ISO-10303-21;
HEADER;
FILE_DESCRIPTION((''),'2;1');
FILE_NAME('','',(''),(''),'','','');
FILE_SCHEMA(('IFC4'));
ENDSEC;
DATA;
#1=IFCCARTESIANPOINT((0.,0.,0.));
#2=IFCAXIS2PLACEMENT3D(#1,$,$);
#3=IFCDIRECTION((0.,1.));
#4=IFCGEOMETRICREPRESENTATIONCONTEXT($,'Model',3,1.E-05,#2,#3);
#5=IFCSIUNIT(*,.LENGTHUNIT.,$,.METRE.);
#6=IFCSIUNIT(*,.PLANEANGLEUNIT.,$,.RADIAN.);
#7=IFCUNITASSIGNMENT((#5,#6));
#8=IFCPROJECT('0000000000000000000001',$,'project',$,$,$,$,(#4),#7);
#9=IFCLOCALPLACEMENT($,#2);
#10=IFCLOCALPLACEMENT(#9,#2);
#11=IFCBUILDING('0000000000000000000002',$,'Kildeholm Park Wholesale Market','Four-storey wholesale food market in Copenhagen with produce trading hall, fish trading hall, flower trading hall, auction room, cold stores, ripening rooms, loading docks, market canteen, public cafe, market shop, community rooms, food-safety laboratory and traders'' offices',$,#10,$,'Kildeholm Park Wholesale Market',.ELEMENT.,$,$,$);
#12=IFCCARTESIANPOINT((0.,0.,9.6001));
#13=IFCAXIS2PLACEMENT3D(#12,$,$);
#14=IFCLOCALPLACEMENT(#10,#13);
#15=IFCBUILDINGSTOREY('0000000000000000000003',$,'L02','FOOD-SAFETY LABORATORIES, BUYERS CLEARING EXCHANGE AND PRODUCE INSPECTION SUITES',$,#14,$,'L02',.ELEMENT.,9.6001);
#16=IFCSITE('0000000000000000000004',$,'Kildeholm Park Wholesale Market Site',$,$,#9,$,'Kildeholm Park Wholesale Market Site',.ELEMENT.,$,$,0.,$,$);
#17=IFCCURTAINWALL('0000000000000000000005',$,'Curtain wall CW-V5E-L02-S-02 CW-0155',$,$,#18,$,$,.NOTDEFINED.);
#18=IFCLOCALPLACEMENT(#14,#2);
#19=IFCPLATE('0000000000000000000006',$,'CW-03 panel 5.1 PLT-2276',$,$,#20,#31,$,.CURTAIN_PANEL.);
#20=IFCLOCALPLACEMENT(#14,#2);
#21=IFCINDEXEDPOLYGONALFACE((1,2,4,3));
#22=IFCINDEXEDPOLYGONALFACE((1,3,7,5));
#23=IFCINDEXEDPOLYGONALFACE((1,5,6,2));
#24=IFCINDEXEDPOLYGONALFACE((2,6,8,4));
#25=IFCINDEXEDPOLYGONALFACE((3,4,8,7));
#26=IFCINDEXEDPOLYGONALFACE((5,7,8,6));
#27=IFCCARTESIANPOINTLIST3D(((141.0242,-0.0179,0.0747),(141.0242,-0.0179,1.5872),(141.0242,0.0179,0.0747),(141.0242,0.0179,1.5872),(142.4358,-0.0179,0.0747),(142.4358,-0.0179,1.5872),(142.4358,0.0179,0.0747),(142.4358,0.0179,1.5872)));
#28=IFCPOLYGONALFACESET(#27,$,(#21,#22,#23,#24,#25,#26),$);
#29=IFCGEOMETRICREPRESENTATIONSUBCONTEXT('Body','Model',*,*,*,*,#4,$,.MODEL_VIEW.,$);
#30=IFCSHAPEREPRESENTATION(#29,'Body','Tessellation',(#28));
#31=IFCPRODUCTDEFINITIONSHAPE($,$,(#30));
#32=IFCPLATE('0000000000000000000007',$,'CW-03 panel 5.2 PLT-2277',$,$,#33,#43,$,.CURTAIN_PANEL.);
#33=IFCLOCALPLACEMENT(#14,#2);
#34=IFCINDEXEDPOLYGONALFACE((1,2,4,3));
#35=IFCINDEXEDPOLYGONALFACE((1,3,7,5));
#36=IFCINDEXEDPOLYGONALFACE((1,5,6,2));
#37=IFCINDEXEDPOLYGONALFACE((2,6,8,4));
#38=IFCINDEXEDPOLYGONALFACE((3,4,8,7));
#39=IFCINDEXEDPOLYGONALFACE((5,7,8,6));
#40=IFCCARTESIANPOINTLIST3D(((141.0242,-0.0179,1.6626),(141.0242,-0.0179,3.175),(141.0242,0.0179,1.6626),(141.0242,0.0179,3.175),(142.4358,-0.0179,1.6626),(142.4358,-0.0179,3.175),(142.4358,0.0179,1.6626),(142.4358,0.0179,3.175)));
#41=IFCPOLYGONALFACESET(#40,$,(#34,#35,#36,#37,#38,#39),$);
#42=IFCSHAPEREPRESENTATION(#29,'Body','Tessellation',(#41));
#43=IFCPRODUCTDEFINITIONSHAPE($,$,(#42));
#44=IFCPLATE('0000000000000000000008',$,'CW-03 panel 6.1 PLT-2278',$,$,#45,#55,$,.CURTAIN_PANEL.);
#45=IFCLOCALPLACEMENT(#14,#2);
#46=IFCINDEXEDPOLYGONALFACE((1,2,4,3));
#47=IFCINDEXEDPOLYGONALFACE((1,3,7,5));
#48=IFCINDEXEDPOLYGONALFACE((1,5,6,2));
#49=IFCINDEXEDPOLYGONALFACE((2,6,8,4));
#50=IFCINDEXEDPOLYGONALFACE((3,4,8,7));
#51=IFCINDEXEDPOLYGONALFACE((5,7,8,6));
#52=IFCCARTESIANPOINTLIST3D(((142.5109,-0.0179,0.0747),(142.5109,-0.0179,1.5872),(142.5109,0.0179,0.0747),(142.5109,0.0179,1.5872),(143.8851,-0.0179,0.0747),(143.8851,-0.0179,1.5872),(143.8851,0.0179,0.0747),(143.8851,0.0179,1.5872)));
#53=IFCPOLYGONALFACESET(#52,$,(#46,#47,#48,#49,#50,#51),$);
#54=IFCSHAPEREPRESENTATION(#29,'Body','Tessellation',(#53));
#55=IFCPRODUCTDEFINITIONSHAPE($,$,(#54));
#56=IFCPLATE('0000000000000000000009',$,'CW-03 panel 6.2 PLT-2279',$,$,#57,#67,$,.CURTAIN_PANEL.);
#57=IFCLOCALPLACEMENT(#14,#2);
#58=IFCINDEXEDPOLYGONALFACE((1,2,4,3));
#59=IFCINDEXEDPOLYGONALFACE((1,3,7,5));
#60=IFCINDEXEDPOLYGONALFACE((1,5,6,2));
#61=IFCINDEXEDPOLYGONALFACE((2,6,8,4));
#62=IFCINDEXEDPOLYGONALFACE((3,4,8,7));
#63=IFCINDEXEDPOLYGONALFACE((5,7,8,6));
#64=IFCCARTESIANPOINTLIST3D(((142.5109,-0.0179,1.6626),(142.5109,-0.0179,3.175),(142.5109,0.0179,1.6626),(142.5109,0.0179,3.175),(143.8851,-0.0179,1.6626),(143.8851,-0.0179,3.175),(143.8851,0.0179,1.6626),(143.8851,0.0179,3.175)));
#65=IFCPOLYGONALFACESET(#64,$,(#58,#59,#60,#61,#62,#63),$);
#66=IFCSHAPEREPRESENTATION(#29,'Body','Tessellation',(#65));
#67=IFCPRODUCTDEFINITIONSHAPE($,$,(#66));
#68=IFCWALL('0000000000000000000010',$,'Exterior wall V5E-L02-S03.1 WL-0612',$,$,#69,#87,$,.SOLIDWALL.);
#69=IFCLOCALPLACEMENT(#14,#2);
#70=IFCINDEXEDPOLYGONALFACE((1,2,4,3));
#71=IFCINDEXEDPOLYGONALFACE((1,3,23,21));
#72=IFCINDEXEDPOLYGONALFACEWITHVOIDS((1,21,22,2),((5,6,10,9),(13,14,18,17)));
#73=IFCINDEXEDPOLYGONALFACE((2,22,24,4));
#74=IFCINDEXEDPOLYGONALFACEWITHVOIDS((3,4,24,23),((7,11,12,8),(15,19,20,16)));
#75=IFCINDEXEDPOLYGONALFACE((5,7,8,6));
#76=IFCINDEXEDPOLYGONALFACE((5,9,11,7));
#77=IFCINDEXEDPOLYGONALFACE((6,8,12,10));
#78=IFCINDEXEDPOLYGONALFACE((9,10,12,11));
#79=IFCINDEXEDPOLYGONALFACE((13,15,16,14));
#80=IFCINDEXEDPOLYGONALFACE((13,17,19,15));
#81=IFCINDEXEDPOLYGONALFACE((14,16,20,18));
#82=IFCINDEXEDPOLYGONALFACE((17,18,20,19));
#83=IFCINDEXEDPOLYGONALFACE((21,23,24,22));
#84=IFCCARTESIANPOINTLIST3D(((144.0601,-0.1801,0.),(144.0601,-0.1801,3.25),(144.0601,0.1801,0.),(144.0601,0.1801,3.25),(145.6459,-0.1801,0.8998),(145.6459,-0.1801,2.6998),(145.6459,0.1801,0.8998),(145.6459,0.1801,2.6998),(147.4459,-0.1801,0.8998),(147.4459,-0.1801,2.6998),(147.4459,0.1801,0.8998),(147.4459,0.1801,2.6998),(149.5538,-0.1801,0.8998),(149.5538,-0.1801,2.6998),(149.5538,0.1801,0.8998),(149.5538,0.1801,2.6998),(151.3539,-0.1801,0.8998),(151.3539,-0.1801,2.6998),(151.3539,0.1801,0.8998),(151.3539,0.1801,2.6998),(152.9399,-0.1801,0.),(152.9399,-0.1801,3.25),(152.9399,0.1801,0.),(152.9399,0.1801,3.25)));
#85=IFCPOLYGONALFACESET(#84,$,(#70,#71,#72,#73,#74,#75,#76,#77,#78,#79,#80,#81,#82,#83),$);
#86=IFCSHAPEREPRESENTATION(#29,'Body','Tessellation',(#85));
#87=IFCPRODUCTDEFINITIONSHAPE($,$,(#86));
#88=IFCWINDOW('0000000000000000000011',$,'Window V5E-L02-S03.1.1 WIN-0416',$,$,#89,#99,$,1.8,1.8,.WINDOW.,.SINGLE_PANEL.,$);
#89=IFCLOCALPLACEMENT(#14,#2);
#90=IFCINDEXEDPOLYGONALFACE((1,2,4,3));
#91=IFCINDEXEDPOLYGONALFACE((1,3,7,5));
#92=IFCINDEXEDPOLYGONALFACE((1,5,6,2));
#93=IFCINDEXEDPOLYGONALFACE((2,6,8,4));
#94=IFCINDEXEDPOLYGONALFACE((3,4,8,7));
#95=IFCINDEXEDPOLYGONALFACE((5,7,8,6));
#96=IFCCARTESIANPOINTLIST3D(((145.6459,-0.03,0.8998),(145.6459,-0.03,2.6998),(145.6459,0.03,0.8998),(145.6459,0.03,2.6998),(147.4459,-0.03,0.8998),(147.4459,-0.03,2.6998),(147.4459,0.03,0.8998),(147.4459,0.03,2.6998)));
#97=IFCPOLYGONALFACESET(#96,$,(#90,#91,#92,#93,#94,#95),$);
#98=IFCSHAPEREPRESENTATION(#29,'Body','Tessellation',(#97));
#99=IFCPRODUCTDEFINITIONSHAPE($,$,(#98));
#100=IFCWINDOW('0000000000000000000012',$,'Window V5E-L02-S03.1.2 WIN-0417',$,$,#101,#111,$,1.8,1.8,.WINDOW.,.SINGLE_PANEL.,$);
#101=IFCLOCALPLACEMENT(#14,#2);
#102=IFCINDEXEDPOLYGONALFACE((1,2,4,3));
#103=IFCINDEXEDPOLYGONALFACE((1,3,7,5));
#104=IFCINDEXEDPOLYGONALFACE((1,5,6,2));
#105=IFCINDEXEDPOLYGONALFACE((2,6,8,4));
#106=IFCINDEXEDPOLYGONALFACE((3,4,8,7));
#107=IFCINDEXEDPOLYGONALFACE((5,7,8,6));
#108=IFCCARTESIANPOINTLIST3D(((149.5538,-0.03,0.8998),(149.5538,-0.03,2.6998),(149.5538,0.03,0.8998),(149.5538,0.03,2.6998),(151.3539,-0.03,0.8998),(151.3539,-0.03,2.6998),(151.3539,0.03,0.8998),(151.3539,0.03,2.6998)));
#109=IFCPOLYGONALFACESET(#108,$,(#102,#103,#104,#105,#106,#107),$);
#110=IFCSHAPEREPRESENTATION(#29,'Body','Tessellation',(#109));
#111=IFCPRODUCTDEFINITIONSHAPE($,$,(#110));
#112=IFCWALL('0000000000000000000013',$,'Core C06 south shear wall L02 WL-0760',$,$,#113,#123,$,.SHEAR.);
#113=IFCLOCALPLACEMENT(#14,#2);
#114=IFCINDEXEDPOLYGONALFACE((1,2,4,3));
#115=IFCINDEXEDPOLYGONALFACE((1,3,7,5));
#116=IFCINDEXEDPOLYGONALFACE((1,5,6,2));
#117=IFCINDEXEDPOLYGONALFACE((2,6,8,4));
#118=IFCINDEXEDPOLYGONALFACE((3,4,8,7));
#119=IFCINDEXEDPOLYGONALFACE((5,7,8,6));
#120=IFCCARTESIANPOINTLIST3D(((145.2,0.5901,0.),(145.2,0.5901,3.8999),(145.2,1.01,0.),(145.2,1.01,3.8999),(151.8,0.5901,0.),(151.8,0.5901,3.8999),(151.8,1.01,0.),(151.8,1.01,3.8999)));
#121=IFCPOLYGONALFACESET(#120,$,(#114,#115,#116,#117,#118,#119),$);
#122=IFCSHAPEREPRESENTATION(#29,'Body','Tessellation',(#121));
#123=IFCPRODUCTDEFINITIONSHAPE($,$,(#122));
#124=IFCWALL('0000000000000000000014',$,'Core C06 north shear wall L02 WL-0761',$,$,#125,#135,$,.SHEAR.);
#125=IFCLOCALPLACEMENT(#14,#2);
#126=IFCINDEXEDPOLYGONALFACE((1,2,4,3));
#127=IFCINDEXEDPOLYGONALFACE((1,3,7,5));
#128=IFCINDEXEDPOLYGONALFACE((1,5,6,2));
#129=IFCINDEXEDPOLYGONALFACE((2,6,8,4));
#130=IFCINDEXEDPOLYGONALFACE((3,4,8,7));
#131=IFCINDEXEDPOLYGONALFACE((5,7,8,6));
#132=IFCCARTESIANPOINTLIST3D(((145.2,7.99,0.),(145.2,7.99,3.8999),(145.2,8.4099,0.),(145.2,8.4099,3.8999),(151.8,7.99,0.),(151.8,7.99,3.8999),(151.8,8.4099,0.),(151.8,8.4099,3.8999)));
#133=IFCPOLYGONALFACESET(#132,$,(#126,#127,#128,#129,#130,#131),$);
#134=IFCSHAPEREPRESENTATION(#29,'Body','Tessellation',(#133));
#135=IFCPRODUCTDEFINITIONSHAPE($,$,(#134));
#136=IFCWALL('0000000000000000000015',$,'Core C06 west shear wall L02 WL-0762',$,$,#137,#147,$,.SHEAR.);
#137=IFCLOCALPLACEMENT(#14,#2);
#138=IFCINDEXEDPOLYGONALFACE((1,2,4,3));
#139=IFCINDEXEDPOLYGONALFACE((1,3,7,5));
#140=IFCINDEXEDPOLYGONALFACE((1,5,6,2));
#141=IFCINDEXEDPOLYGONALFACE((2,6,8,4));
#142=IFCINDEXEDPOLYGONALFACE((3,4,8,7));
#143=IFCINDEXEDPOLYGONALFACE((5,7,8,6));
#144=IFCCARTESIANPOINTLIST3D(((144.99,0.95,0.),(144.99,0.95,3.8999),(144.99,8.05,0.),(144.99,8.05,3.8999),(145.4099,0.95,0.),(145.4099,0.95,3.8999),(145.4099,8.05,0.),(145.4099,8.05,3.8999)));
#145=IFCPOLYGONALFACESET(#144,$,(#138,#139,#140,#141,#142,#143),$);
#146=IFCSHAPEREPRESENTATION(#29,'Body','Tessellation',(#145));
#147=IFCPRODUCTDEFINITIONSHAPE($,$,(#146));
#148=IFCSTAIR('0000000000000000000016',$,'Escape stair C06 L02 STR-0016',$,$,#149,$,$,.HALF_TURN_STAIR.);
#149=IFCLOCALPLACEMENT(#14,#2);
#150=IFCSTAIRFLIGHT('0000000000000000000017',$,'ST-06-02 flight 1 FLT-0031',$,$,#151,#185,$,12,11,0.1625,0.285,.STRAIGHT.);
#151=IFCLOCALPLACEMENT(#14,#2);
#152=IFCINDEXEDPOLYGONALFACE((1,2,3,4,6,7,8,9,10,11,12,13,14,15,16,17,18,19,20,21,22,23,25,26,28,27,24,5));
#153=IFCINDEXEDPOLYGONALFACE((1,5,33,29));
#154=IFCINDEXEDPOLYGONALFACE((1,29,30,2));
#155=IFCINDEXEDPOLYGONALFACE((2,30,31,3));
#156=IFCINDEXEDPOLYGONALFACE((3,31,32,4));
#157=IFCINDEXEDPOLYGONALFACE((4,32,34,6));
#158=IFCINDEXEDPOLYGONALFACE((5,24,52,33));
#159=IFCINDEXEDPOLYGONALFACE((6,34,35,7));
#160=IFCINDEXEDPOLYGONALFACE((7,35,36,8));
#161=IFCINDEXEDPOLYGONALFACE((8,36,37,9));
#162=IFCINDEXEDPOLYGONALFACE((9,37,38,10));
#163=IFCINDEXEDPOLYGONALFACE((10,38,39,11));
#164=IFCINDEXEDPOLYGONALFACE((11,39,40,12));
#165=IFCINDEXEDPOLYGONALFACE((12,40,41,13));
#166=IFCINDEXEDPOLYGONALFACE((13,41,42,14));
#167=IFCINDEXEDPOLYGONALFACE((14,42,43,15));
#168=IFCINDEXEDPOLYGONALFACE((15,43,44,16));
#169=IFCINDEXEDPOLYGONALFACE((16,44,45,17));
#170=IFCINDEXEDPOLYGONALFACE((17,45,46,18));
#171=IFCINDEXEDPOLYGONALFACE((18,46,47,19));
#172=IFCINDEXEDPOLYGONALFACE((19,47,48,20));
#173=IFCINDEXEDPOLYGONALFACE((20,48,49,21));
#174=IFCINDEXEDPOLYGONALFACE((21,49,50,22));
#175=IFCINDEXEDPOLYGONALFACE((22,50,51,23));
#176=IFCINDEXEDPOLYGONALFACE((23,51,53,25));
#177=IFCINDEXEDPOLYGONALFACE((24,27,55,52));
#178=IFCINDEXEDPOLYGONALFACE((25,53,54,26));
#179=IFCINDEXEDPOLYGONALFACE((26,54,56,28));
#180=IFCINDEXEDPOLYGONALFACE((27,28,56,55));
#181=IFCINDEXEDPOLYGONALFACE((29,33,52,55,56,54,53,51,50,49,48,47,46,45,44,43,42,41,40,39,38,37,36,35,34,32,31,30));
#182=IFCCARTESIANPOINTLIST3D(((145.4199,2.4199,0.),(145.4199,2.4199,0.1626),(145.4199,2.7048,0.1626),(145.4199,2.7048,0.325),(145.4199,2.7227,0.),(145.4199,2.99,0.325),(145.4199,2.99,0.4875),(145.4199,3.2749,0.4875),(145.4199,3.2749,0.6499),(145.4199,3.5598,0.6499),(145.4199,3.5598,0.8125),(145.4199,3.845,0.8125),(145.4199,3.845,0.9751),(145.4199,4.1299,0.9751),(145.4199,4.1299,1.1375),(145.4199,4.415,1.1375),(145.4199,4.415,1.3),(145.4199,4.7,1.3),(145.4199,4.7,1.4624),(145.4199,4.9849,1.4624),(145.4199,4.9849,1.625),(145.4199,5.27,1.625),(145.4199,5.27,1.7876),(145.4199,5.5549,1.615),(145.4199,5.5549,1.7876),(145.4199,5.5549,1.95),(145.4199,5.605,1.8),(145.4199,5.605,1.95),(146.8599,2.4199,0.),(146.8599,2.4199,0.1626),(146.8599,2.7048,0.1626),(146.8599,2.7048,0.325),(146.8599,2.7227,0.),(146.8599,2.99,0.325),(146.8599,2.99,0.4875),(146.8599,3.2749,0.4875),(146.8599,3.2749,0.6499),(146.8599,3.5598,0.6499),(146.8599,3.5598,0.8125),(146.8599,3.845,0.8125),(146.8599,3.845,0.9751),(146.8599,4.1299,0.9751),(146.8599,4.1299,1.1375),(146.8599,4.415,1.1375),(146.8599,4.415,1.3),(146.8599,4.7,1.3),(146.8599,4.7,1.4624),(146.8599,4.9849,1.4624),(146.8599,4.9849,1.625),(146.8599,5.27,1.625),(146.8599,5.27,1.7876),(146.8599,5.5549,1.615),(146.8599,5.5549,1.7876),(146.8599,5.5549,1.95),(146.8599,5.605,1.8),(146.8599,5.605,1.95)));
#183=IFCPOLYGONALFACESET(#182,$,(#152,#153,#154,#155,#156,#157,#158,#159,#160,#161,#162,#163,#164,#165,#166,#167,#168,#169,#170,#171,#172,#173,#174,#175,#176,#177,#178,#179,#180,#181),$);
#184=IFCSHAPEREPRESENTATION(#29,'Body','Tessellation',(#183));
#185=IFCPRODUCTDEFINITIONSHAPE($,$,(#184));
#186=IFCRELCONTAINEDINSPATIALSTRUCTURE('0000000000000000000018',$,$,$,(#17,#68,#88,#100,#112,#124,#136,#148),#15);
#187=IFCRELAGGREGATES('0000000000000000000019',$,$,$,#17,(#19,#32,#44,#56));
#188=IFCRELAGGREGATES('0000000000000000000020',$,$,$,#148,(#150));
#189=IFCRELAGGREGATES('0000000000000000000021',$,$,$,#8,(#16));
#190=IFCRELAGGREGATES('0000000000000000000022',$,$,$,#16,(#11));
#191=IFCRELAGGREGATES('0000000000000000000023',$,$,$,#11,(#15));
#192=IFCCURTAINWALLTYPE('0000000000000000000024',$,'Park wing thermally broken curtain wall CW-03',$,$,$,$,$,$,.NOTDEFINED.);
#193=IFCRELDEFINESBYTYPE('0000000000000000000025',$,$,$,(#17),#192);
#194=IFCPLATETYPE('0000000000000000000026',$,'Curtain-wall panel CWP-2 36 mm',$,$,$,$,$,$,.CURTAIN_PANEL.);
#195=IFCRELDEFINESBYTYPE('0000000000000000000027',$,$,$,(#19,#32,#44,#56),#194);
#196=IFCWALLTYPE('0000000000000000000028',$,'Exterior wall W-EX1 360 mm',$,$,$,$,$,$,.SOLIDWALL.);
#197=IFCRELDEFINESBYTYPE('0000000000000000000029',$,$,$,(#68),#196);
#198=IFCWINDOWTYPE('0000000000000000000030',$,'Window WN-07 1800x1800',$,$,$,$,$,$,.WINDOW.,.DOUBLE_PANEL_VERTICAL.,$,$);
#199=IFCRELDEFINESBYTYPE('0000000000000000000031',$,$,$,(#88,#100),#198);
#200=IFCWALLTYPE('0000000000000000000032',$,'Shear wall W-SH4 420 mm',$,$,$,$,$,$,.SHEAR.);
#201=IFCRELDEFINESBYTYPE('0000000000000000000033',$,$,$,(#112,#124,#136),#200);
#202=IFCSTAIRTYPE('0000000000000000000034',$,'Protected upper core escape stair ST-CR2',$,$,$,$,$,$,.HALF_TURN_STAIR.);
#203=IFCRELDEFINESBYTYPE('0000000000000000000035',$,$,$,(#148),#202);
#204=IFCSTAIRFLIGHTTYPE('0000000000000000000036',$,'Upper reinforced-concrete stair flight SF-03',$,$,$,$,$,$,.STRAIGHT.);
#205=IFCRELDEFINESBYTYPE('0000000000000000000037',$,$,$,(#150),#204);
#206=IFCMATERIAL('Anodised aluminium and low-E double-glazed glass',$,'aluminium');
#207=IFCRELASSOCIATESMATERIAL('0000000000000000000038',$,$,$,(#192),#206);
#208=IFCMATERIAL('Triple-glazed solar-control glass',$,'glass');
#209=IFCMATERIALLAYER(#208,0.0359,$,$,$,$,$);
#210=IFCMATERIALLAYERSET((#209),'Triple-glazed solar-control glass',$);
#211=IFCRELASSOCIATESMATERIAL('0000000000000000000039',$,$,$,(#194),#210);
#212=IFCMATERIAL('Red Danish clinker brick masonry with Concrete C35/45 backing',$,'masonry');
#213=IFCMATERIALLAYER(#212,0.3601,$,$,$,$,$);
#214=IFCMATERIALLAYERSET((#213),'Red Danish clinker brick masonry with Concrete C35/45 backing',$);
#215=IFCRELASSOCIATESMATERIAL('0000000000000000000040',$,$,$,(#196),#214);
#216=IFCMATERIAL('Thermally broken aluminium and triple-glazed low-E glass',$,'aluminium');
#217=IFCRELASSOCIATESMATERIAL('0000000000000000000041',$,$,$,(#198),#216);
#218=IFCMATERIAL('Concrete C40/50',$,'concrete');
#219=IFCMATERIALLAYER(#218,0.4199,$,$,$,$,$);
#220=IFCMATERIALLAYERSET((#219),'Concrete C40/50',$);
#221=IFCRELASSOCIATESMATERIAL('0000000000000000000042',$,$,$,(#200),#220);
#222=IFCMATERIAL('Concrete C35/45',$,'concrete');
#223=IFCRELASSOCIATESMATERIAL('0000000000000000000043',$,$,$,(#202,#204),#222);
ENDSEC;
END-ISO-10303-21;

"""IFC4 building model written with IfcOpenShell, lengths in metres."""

from ifc_helpers import new_model, si_unit, direction, frame, frame_2d, origin, origin_2d, place, context, subcontext, project, spatial, polyline, rectangle, outline, extrude, material, layer, layer_set, type_object, element, fill, aggregate, save


model = new_model("IFC4")

# Units and contexts
model_context = context("Model", 3, precision=1e-05, world=origin(), true_north=direction((0.0, 1.0)))
body_context = subcontext(model_context, "Body", "Model", "MODEL_VIEW")
ifc_project = project(units=[si_unit("LENGTHUNIT", "METRE"), si_unit("PLANEANGLEUNIT", "RADIAN")], contexts=[model_context])

# Site, building, storey
site_placement = place(None, origin())
site = spatial("IfcSite", under=ifc_project, at=site_placement, Name="Kildeholm Park Wholesale Market Site", LongName="Kildeholm Park Wholesale Market Site", CompositionType="ELEMENT", RefElevation=0.0)
building_placement = place(site_placement, origin())
building = spatial("IfcBuilding", under=site, at=building_placement, Name="Kildeholm Park Wholesale Market", Description="Four-storey wholesale food market in Copenhagen with produce trading hall, fish trading hall, flower trading hall, auction room, cold stores, ripening rooms, loading docks, market canteen, public cafe, market shop, community rooms, food-safety laboratory and traders' offices", LongName="Kildeholm Park Wholesale Market", CompositionType="ELEMENT")
storey_placement = place(building_placement, frame((0.0, 0.0, 9.6001)))
storey = spatial("IfcBuildingStorey", under=building, at=storey_placement, Name="L02", Description="FOOD-SAFETY LABORATORIES, BUYERS CLEARING EXCHANGE AND PRODUCE INSPECTION SUITES", LongName="L02", CompositionType="ELEMENT", Elevation=9.6001)

# Curtain wall, plates
ifc_material_1 = material(Name="Anodised aluminium and low-E double-glazed glass", Category="aluminium")
curtain_wall_type = type_object("IfcCurtainWallType", Name="Park wing thermally broken curtain wall CW-03", PredefinedType="NOTDEFINED", material=ifc_material_1)
curtain_wall_placement = place(storey_placement, origin())
curtain_wall = element("IfcCurtainWall", 1, at=curtain_wall_placement, inside=storey, type_object=curtain_wall_type, Name="Curtain wall CW-V5E-L02-S-02 CW-0155", PredefinedType="NOTDEFINED")
ifc_material_2 = material(Name="Triple-glazed solar-control glass", Category="glass")
ifc_layer_1 = layer(ifc_material_2, 0.0359)
ifc_layer_set_1 = layer_set([ifc_layer_1], Name="Triple-glazed solar-control glass")
plate_type = type_object("IfcPlateType", Name="Curtain-wall panel CWP-2 36 mm", PredefinedType="CURTAIN_PANEL", material=ifc_layer_set_1)
plate_1_placement = place(storey_placement, frame((141.73, 0.0, 0.0747), z_axis=(0.0, 0.0, 1.0), x_axis=(1.0, 0.0, 0.0)))
plate_1 = element("IfcPlate", 2, at=plate_1_placement, type_object=plate_type, Name="CW-03 panel 5.1 PLT-2276", PredefinedType="CURTAIN_PANEL", context=body_context, shape_type="SweptSolid", body=[
    extrude(rectangle(XDim=1.4116, YDim=0.0359, at=origin_2d()), origin(), (0.0, 0.0, 1.0), 1.5125),
])
plate_2_placement = place(storey_placement, frame((141.73, 0.0, 1.6626), z_axis=(0.0, 0.0, 1.0), x_axis=(1.0, 0.0, 0.0)))
plate_2 = element("IfcPlate", 3, at=plate_2_placement, type_object=plate_type, Name="CW-03 panel 5.2 PLT-2277", PredefinedType="CURTAIN_PANEL", context=body_context, shape_type="SweptSolid", body=[
    extrude(rectangle(XDim=1.4116, YDim=0.0359, at=origin_2d()), origin(), (0.0, 0.0, 1.0), 1.5125),
])
plate_3_placement = place(storey_placement, frame((143.198, 0.0, 0.0747), z_axis=(0.0, 0.0, 1.0), x_axis=(1.0, 0.0, 0.0)))
plate_3 = element("IfcPlate", 4, at=plate_3_placement, type_object=plate_type, Name="CW-03 panel 6.1 PLT-2278", PredefinedType="CURTAIN_PANEL", context=body_context, shape_type="SweptSolid", body=[
    extrude(rectangle(XDim=1.3743, YDim=0.0359, at=origin_2d()), origin(), (0.0, 0.0, 1.0), 1.5125),
])
plate_4_placement = place(storey_placement, frame((143.198, 0.0, 1.6626), z_axis=(0.0, 0.0, 1.0), x_axis=(1.0, 0.0, 0.0)))
plate_4 = element("IfcPlate", 5, at=plate_4_placement, type_object=plate_type, Name="CW-03 panel 6.2 PLT-2279", PredefinedType="CURTAIN_PANEL", context=body_context, shape_type="SweptSolid", body=[
    extrude(rectangle(XDim=1.3743, YDim=0.0359, at=origin_2d()), origin(), (0.0, 0.0, 1.0), 1.5125),
])
aggregate(curtain_wall, [plate_1, plate_2, plate_3, plate_4])

# Wall, openings, windows
ifc_material_3 = material(Name="Red Danish clinker brick masonry with Concrete C35/45 backing", Category="masonry")
ifc_layer_2 = layer(ifc_material_3, 0.3601)
ifc_layer_set_2 = layer_set([ifc_layer_2], Name="Red Danish clinker brick masonry with Concrete C35/45 backing")
wall_type_1 = type_object("IfcWallType", Name="Exterior wall W-EX1 360 mm", PredefinedType="SOLIDWALL", material=ifc_layer_set_2)
wall_1_placement = place(storey_placement, frame((144.0601, 0.0, 0.0), z_axis=(0.0, 0.0, 1.0), x_axis=(1.0, 0.0, 0.0)))
wall_1 = element("IfcWall", 6, at=wall_1_placement, inside=storey, type_object=wall_type_1, Name="Exterior wall V5E-L02-S03.1 WL-0612", PredefinedType="SOLIDWALL", context=body_context, shape_type="SweptSolid", body=[
    extrude(rectangle(XDim=8.8799, YDim=0.3601, at=frame_2d((4.4399, 0.0))), origin(), (0.0, 0.0, 1.0), 3.25),
])
opening_1_placement = place(wall_1_placement, frame((1.5859, 0.0, 0.8999)))
opening_1 = element("IfcOpeningElement", 7, at=opening_1_placement, cuts=wall_1, PredefinedType="OPENING", context=body_context, shape_type="SweptSolid", body=[
    extrude(rectangle(XDim=1.8, YDim=1.8, at=frame_2d((0.8999, 0.8999))), frame((0.0, 0.1899, 0.0), z_axis=(0.0, -1.0, 0.0), x_axis=(1.0, 0.0, 0.0)), (0.0, 0.0, 1.0), 0.3801),
])
opening_2_placement = place(wall_1_placement, frame((5.4939, 0.0, 0.8999)))
opening_2 = element("IfcOpeningElement", 8, at=opening_2_placement, cuts=wall_1, PredefinedType="OPENING", context=body_context, shape_type="SweptSolid", body=[
    extrude(rectangle(XDim=1.8, YDim=1.8, at=frame_2d((0.8999, 0.8999))), frame((0.0, 0.1899, 0.0), z_axis=(0.0, -1.0, 0.0), x_axis=(1.0, 0.0, 0.0)), (0.0, 0.0, 1.0), 0.3801),
])
ifc_material_4 = material(Name="Thermally broken aluminium and triple-glazed low-E glass", Category="aluminium")
window_type = type_object("IfcWindowType", Name="Window WN-07 1800x1800", PartitioningType="DOUBLE_PANEL_VERTICAL", PredefinedType="WINDOW", material=ifc_material_4)
window_1_placement = place(opening_1_placement, origin())
window_1 = element("IfcWindow", 9, at=window_1_placement, inside=storey, type_object=window_type, Name="Window V5E-L02-S03.1.1 WIN-0416", OverallHeight=1.8, OverallWidth=1.8, PartitioningType="SINGLE_PANEL", PredefinedType="WINDOW", context=body_context, shape_type="SweptSolid", body=[
    extrude(rectangle(XDim=1.8, YDim=1.8, at=frame_2d((0.8999, 0.8999))), frame((0.0, 0.03, 0.0), z_axis=(0.0, -1.0, 0.0), x_axis=(1.0, 0.0, 0.0)), (0.0, 0.0, 1.0), 0.0601),
])
fill(opening_1, window_1)
window_2_placement = place(opening_2_placement, origin())
window_2 = element("IfcWindow", 10, at=window_2_placement, inside=storey, type_object=window_type, Name="Window V5E-L02-S03.1.2 WIN-0417", OverallHeight=1.8, OverallWidth=1.8, PartitioningType="SINGLE_PANEL", PredefinedType="WINDOW", context=body_context, shape_type="SweptSolid", body=[
    extrude(rectangle(XDim=1.8, YDim=1.8, at=frame_2d((0.8999, 0.8999))), frame((0.0, 0.03, 0.0), z_axis=(0.0, -1.0, 0.0), x_axis=(1.0, 0.0, 0.0)), (0.0, 0.0, 1.0), 0.0601),
])
fill(opening_2, window_2)

# Walls
ifc_material_5 = material(Name="Concrete C40/50", Category="concrete")
ifc_layer_3 = layer(ifc_material_5, 0.4199)
ifc_layer_set_3 = layer_set([ifc_layer_3], Name="Concrete C40/50")
wall_type_2 = type_object("IfcWallType", Name="Shear wall W-SH4 420 mm", PredefinedType="SHEAR", material=ifc_layer_set_3)
for number, where, z_axis, x_axis, name in (
    (11, (145.2, 0.8, 0.0), (0.0, 0.0, 1.0), (1.0, 0.0, 0.0), "Core C06 south shear wall L02 WL-0760"),
    (12, (145.2, 8.2, 0.0), (0.0, 0.0, 1.0), (1.0, 0.0, 0.0), "Core C06 north shear wall L02 WL-0761"),
):
    element("IfcWall", number, at=place(storey_placement, frame(where, z_axis=z_axis, x_axis=x_axis)), inside=storey, type_object=wall_type_2, Name=name, PredefinedType="SHEAR", context=body_context, shape_type="SweptSolid", body=[
        extrude(rectangle(XDim=6.6001, YDim=0.4199, at=frame_2d((3.3, 0.0))), origin(), (0.0, 0.0, 1.0), 3.8999),
    ])
wall_2_placement = place(storey_placement, frame((145.2, 0.95, 0.0), z_axis=(0.0, 0.0, 1.0), x_axis=(0.0, 1.0, 0.0)))
element("IfcWall", 13, at=wall_2_placement, inside=storey, type_object=wall_type_2, Name="Core C06 west shear wall L02 WL-0762", PredefinedType="SHEAR", context=body_context, shape_type="SweptSolid", body=[
    extrude(rectangle(XDim=7.1001, YDim=0.4199, at=frame_2d((3.55, 0.0))), origin(), (0.0, 0.0, 1.0), 3.8999),
])

# Stair, stair flight
ifc_material_6 = material(Name="Concrete C35/45", Category="concrete")
stair_type = type_object("IfcStairType", Name="Protected upper core escape stair ST-CR2", PredefinedType="HALF_TURN_STAIR", material=ifc_material_6)
stair_placement = place(storey_placement, origin())
stair = element("IfcStair", 14, at=stair_placement, inside=storey, type_object=stair_type, Name="Escape stair C06 L02 STR-0016", PredefinedType="HALF_TURN_STAIR")
stair_flight_type = type_object("IfcStairFlightType", Name="Upper reinforced-concrete stair flight SF-03", PredefinedType="STRAIGHT", material=ifc_material_6)
stair_flight_1_placement = place(storey_placement, frame((146.1399, 2.4199, 0.0), z_axis=(0.0, 0.0, 1.0), x_axis=(0.0, 1.0, 0.0)))
stair_flight_1 = element("IfcStairFlight", 15, at=stair_flight_1_placement, type_object=stair_flight_type, Name="ST-06-02 flight 1 FLT-0031", NumberOfRisers=12, NumberOfTreads=11, PredefinedType="STRAIGHT", RiserHeight=0.1625, TreadLength=0.285, context=body_context, shape_type="SweptSolid", body=[
    extrude(outline(polyline([(0.0, 0.0), (0.0, 0.1626), (0.2849, 0.1626), (0.2849, 0.325), (0.5701, 0.325), (0.5701, 0.4875), (0.855, 0.4875), (0.855, 0.6499), (1.1399, 0.6499), (1.1399, 0.8125), (1.425, 0.8125), (1.425, 0.9751), (1.71, 0.9751), (1.71, 1.1375), (1.9951, 1.1375), (1.9951, 1.3), (2.28, 1.3), (2.28, 1.4624), (2.5649, 1.4624), (2.5649, 1.625), (2.8501, 1.625), (2.8501, 1.7876), (3.135, 1.7876), (3.135, 1.95), (3.1851, 1.95), (3.1851, 1.8), (3.135, 1.615), (0.3027, 0.0), (0.0, 0.0)])), frame((0.0, 0.72, 0.0), z_axis=(0.0, -1.0, 0.0), x_axis=(1.0, 0.0, 0.0)), (0.0, 0.0, 1.0), 1.4399),
])
aggregate(stair, [stair_flight_1])

save(model, "model.ifc")
